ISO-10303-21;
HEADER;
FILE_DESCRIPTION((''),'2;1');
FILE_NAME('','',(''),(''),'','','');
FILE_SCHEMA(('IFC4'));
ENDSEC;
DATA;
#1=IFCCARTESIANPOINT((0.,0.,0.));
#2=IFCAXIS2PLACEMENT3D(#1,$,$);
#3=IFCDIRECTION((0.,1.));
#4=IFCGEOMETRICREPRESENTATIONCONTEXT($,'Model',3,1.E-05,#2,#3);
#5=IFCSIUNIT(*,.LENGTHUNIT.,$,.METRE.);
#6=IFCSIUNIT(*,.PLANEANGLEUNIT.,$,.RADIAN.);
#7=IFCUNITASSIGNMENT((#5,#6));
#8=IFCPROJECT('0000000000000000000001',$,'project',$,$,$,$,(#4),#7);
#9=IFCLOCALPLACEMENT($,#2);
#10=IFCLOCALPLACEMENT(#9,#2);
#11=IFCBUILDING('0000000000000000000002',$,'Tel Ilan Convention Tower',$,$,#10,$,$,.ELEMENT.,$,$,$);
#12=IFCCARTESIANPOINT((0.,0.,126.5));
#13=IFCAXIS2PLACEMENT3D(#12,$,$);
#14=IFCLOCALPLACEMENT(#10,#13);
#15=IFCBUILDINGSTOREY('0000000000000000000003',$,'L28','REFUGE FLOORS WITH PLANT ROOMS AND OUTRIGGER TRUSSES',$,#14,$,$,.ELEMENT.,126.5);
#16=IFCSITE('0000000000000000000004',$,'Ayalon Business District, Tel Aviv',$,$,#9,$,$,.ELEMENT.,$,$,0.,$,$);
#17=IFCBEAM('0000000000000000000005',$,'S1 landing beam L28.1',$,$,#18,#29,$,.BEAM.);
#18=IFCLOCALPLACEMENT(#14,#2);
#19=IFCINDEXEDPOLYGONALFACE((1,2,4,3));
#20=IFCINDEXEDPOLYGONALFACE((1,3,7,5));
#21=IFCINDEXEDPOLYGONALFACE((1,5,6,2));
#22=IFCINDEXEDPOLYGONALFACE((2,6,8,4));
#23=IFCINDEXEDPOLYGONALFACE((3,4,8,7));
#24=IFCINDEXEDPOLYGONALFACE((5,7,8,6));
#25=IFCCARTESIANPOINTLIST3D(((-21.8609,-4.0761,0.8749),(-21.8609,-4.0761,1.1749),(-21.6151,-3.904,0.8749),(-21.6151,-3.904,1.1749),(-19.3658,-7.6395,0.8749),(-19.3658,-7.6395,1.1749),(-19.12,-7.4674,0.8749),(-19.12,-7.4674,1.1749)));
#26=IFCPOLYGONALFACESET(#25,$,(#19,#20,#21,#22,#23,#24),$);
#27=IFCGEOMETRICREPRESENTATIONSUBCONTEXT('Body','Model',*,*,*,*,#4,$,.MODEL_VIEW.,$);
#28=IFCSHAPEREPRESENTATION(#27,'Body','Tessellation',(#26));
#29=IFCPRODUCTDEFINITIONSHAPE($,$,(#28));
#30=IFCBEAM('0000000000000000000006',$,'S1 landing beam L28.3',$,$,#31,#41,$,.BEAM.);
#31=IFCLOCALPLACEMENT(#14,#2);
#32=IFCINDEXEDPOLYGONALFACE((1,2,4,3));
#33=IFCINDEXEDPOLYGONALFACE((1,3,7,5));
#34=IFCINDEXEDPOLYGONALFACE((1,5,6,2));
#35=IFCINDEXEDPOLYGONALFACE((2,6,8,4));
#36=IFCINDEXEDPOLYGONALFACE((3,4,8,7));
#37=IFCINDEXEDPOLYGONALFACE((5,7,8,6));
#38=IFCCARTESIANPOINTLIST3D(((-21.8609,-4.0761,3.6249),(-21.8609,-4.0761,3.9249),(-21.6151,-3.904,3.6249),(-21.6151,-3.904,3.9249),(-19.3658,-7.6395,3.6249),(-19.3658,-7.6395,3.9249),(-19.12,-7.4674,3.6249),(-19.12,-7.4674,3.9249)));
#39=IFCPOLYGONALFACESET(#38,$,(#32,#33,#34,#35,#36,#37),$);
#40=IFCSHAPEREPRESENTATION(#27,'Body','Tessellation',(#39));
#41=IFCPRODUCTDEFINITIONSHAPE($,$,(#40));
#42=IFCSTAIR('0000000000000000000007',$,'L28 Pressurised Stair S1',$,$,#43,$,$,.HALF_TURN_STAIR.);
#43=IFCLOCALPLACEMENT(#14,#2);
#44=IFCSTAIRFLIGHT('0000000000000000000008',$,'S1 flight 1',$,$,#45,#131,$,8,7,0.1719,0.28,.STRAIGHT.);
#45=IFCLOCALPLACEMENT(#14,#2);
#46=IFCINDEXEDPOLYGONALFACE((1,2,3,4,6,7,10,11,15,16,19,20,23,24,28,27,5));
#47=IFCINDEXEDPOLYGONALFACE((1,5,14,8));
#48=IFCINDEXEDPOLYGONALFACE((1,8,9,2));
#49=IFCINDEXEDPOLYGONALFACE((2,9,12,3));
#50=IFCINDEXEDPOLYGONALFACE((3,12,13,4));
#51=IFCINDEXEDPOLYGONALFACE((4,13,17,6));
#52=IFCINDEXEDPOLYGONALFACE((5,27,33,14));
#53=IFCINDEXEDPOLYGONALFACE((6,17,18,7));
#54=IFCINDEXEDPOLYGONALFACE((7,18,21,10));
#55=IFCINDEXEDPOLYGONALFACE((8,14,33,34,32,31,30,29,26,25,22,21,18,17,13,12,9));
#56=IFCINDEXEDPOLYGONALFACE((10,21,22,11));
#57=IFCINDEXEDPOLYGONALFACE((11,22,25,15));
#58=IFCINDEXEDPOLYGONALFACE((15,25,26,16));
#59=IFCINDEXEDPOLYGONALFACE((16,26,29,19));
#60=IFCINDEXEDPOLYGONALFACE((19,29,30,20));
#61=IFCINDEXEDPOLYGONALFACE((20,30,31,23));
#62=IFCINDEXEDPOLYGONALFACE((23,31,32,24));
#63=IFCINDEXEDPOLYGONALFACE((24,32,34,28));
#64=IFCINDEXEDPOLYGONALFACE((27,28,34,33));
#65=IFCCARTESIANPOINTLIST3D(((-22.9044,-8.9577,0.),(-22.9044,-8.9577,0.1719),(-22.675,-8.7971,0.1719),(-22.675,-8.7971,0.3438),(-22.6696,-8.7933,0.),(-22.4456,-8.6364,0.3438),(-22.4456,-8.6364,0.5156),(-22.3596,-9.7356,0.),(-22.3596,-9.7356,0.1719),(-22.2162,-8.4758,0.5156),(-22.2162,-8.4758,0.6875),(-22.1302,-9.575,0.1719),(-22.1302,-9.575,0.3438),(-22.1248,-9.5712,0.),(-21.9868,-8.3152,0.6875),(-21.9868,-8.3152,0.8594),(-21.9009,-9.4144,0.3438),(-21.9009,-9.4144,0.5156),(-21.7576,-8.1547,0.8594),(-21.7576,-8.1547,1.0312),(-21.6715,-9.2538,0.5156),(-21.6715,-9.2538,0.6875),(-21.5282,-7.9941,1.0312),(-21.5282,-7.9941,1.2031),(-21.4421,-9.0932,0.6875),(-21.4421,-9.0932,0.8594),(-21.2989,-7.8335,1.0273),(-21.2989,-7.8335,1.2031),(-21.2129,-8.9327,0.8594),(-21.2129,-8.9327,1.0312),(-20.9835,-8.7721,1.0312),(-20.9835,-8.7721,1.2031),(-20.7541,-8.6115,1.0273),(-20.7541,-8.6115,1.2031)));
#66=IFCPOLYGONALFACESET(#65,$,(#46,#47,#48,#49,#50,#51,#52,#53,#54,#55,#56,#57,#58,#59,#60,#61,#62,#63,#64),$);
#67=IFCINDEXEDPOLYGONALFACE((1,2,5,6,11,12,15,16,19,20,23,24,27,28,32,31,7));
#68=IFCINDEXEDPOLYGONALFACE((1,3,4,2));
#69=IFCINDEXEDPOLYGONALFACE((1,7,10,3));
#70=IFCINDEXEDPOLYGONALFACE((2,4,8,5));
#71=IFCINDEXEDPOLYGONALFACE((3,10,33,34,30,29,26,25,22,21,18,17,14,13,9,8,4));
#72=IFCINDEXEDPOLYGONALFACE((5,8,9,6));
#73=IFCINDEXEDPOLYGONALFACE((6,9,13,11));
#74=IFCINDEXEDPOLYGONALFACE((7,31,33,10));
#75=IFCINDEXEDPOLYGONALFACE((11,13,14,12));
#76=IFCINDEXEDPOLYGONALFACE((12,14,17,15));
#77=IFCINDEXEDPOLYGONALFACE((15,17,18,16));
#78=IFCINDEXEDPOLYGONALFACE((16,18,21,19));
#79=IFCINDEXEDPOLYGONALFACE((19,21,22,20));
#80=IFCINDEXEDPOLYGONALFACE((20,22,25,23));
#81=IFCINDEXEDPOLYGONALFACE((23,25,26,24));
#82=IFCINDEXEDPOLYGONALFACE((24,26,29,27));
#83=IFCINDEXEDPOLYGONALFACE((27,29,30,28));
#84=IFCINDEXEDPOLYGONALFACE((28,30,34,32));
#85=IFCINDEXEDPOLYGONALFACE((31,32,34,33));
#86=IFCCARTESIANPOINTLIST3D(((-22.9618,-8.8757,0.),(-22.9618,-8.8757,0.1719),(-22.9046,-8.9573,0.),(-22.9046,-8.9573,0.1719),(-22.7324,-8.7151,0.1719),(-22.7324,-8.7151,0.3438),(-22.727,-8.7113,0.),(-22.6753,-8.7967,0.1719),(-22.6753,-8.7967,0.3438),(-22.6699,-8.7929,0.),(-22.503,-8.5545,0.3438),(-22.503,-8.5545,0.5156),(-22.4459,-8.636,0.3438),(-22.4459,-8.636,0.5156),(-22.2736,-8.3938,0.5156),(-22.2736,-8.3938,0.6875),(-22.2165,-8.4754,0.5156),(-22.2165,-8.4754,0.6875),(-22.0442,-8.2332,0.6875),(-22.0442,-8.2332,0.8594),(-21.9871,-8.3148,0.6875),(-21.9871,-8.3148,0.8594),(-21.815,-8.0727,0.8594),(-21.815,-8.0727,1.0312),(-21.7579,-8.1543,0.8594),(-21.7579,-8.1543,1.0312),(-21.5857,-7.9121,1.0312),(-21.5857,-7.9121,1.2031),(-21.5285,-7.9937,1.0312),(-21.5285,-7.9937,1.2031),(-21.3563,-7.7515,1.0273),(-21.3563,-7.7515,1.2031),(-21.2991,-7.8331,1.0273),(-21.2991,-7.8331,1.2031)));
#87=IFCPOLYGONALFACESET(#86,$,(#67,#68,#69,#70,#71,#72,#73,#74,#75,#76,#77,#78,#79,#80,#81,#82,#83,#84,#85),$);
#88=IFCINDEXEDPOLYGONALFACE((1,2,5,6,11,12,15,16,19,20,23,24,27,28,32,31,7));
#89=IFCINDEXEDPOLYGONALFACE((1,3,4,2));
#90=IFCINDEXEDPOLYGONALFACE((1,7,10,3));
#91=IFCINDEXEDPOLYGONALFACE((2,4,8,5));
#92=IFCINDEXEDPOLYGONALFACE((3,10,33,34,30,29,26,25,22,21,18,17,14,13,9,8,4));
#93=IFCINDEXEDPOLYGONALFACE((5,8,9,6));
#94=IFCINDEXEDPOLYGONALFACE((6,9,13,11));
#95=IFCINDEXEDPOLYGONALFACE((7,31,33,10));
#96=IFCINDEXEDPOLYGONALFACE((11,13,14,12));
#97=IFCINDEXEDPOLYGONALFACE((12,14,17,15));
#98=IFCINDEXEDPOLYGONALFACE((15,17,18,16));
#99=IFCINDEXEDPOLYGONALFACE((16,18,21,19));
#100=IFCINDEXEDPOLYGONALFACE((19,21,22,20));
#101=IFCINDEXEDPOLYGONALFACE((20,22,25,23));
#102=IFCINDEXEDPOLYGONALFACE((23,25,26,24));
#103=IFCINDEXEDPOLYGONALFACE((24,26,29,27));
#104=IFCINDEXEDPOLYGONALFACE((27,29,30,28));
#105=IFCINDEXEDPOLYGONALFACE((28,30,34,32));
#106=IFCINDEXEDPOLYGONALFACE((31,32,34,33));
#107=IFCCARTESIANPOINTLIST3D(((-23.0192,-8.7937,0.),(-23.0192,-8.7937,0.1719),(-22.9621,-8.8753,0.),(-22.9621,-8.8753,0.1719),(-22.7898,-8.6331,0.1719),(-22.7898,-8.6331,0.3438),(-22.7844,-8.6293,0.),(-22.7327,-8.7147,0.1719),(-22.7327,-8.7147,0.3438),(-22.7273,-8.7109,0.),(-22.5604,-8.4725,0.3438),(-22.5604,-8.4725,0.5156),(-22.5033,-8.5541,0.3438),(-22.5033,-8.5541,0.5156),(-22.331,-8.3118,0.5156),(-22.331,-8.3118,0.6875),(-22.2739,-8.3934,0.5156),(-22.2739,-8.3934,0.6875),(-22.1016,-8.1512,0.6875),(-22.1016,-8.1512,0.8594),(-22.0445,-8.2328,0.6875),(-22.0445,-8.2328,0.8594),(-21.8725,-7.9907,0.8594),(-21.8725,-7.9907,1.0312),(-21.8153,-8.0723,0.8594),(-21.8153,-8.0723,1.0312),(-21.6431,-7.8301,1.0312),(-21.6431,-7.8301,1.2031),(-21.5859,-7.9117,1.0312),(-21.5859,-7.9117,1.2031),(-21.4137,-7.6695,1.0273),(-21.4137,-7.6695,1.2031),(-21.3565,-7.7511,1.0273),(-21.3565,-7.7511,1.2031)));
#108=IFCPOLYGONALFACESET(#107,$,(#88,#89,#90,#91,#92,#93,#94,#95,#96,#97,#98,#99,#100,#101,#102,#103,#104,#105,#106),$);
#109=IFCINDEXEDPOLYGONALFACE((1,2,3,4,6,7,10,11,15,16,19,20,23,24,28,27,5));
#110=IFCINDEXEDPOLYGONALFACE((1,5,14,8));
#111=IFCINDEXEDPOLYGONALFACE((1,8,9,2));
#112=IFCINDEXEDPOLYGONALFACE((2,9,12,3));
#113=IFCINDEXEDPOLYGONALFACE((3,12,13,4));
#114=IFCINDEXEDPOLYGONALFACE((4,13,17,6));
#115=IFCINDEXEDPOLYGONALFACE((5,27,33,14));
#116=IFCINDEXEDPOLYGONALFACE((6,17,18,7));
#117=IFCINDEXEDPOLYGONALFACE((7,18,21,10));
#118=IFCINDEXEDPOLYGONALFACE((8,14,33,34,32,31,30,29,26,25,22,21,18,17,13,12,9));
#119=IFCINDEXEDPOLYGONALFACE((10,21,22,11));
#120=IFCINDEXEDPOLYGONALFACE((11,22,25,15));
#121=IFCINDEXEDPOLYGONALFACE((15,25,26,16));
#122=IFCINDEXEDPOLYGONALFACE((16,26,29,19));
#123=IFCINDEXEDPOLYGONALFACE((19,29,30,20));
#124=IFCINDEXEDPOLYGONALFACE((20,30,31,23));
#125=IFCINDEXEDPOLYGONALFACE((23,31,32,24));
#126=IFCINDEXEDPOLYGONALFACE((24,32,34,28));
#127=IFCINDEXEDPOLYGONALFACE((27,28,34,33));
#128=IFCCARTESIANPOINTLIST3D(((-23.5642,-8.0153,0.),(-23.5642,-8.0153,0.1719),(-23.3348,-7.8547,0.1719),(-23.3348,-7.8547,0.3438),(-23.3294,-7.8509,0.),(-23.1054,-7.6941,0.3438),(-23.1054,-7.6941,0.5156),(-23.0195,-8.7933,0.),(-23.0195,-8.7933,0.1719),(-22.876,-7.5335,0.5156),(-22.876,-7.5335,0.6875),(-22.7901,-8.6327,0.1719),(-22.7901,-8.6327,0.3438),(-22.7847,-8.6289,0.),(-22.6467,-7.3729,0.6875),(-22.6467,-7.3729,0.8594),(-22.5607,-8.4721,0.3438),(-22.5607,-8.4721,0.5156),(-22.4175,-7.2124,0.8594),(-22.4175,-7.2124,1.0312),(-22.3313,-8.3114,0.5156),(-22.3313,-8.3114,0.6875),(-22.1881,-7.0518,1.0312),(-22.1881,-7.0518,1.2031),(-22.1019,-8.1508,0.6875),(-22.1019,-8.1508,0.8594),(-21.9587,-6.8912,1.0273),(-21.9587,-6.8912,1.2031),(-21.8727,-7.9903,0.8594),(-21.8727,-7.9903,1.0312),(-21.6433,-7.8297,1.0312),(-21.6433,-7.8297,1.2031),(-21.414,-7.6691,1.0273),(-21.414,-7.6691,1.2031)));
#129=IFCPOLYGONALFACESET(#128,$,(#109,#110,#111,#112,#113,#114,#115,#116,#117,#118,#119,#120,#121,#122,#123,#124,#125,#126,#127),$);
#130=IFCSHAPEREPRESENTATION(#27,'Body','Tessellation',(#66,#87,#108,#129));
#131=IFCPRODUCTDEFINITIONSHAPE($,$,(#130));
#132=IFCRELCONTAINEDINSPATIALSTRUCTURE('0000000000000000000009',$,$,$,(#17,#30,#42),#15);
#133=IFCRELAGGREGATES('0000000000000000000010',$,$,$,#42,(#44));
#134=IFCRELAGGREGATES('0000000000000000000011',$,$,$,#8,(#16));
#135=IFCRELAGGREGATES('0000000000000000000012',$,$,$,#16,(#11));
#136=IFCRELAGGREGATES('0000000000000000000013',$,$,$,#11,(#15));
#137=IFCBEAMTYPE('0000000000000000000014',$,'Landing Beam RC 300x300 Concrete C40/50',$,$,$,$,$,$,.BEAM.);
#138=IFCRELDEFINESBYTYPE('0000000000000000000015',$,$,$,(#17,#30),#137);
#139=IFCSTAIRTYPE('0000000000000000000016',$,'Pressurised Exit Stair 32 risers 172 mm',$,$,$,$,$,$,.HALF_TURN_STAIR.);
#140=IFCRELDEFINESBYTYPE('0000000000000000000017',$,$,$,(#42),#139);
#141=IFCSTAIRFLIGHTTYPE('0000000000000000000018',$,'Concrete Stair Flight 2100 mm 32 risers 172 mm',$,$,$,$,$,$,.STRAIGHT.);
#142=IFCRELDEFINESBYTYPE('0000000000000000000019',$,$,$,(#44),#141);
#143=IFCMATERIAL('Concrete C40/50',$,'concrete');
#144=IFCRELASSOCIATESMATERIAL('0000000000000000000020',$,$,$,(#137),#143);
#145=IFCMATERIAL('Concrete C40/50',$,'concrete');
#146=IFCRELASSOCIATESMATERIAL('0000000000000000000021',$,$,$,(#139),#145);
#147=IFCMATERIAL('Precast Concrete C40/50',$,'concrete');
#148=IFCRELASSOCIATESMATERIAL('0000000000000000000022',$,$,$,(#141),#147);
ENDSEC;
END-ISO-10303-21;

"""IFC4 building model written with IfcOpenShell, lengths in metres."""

from ifc_helpers import new_model, si_unit, direction, frame, origin, origin_2d, place, context, subcontext, project, spatial, polyline, rectangle, outline, extrude, material, material_profile, profile_set, type_object, element, aggregate, save


model = new_model("IFC4")

# Units and contexts
model_context = context("Model", 3, precision=1e-05, world=origin(), true_north=direction((0.0, 1.0)))
body_context = subcontext(model_context, "Body", "Model", "MODEL_VIEW")
ifc_project = project(units=[si_unit("LENGTHUNIT", "METRE"), si_unit("PLANEANGLEUNIT", "RADIAN")], contexts=[model_context])

# Site, building, storey
site_placement = place(None, origin())
site = spatial("IfcSite", under=ifc_project, at=site_placement, Name="Ayalon Business District, Tel Aviv", CompositionType="ELEMENT", RefElevation=0.0)
building_placement = place(site_placement, origin())
building = spatial("IfcBuilding", under=site, at=building_placement, Name="Tel Ilan Convention Tower", CompositionType="ELEMENT")
storey_placement = place(building_placement, frame((0.0, 0.0, 126.5)))
storey = spatial("IfcBuildingStorey", under=building, at=storey_placement, Name="L28", Description="REFUGE FLOORS WITH PLANT ROOMS AND OUTRIGGER TRUSSES", CompositionType="ELEMENT", Elevation=126.5)

# Beams
ifc_material_1 = material(Name="Concrete C40/50", Category="concrete")
ifc_material_profile = material_profile(ifc_material_1, rectangle(XDim=0.3, YDim=0.3, at=origin_2d()), Name="RC 300x300")
ifc_profile_set = profile_set([ifc_material_profile], Name="Concrete C40/50")
beam_type = type_object("IfcBeamType", Name="Landing Beam RC 300x300 Concrete C40/50", PredefinedType="BEAM", material=ifc_profile_set)
for number, where, z_axis, x_axis, name in (
    (1, (-19.2429, -7.5535, 1.0249), (-0.573568, 0.819158, 0.0), (-0.819158, -0.573568, 0.0), "S1 landing beam L28.1"),
    (2, (-19.2429, -7.5535, 3.7749), (-0.573568, 0.819158, 0.0), (-0.819158, -0.573568, 0.0), "S1 landing beam L28.3"),
):
    element("IfcBeam", number, at=place(storey_placement, frame(where, z_axis=z_axis, x_axis=x_axis)), inside=storey, type_object=beam_type, Name=name, PredefinedType="BEAM", context=body_context, shape_type="SweptSolid", body=[
        extrude(rectangle(XDim=0.3, YDim=0.3, at=origin_2d()), origin(), (0.0, 0.0, 1.0), 4.3501),
    ])

# Stair, stair flight
ifc_material_2 = material(Name="Concrete C40/50", Category="concrete")
stair_type = type_object("IfcStairType", Name="Pressurised Exit Stair 32 risers 172 mm", PredefinedType="HALF_TURN_STAIR", material=ifc_material_2)
stair_1_placement = place(storey_placement, origin())
stair_1 = element("IfcStair", 3, at=stair_1_placement, inside=storey, type_object=stair_type, Name="L28 Pressurised Stair S1", PredefinedType="HALF_TURN_STAIR")
ifc_material_3 = material(Name="Precast Concrete C40/50", Category="concrete")
stair_flight_type = type_object("IfcStairFlightType", Name="Concrete Stair Flight 2100 mm 32 risers 172 mm", PredefinedType="STRAIGHT", material=ifc_material_3)
stair_flight_1_placement = place(storey_placement, frame((-22.9619, -8.8755, 0.0), z_axis=(0.0, 0.0, 1.0), x_axis=(0.819152, 0.573576, 0.0)))
stair_flight_1 = element("IfcStairFlight", 4, at=stair_flight_1_placement, type_object=stair_flight_type, Name="S1 flight 1", NumberOfRisers=8, NumberOfTreads=7, PredefinedType="STRAIGHT", RiserHeight=0.1719, TreadLength=0.28, context=body_context, shape_type="SweptSolid", body=[
    extrude(outline(polyline([(0.0, 0.0), (0.0, 0.1719), (0.28, 0.1719), (0.28, 0.3438), (0.5601, 0.3438), (0.5601, 0.5156), (0.8401, 0.5156), (0.8401, 0.6875), (1.1201, 0.6875), (1.1201, 0.8594), (1.3999, 0.8594), (1.3999, 1.0312), (1.6799, 1.0312), (1.6799, 1.2031), (1.96, 1.2031), (1.96, 1.375), (1.96, 1.0273), (0.2866, 0.0), (0.0, 0.0)])), frame((0.0, -0.1003, 0.0), z_axis=(0.0, -1.0, 0.0), x_axis=(1.0, 0.0, 0.0)), (0.0, 0.0, 1.0), 0.9497),
    extrude(outline(polyline([(0.0, 0.0), (0.0, 0.1719), (0.28, 0.1719), (0.28, 0.3438), (0.5601, 0.3438), (0.5601, 0.5156), (0.8401, 0.5156), (0.8401, 0.6875), (1.1201, 0.6875), (1.1201, 0.8594), (1.3999, 0.8594), (1.3999, 1.0312), (1.6799, 1.0312), (1.6799, 1.2031), (1.96, 1.2031), (1.96, 1.375), (1.96, 1.0273), (0.2866, 0.0), (0.0, 0.0)])), frame((0.0, -0.0002, 0.0), z_axis=(0.0, -1.0, 0.0), x_axis=(1.0, 0.0, 0.0)), (0.0, 0.0, 1.0), 0.0996),
    extrude(outline(polyline([(0.0, 0.0), (0.0, 0.1719), (0.28, 0.1719), (0.28, 0.3438), (0.5601, 0.3438), (0.5601, 0.5156), (0.8401, 0.5156), (0.8401, 0.6875), (1.1201, 0.6875), (1.1201, 0.8594), (1.3999, 0.8594), (1.3999, 1.0312), (1.6799, 1.0312), (1.6799, 1.2031), (1.96, 1.2031), (1.96, 1.375), (1.96, 1.0273), (0.2866, 0.0), (0.0, 0.0)])), frame((0.0, 0.0999, 0.0), z_axis=(0.0, -1.0, 0.0), x_axis=(1.0, 0.0, 0.0)), (0.0, 0.0, 1.0), 0.0996),
    extrude(outline(polyline([(0.0, 0.0), (0.0, 0.1719), (0.28, 0.1719), (0.28, 0.3438), (0.5601, 0.3438), (0.5601, 0.5156), (0.8401, 0.5156), (0.8401, 0.6875), (1.1201, 0.6875), (1.1201, 0.8594), (1.3999, 0.8594), (1.3999, 1.0312), (1.6799, 1.0312), (1.6799, 1.2031), (1.96, 1.2031), (1.96, 1.375), (1.96, 1.0273), (0.2866, 0.0), (0.0, 0.0)])), frame((0.0, 1.05, 0.0), z_axis=(0.0, -1.0, 0.0), x_axis=(1.0, 0.0, 0.0)), (0.0, 0.0, 1.0), 0.9497),
])
aggregate(stair_1, [stair_flight_1])

save(model, "model.ifc")
